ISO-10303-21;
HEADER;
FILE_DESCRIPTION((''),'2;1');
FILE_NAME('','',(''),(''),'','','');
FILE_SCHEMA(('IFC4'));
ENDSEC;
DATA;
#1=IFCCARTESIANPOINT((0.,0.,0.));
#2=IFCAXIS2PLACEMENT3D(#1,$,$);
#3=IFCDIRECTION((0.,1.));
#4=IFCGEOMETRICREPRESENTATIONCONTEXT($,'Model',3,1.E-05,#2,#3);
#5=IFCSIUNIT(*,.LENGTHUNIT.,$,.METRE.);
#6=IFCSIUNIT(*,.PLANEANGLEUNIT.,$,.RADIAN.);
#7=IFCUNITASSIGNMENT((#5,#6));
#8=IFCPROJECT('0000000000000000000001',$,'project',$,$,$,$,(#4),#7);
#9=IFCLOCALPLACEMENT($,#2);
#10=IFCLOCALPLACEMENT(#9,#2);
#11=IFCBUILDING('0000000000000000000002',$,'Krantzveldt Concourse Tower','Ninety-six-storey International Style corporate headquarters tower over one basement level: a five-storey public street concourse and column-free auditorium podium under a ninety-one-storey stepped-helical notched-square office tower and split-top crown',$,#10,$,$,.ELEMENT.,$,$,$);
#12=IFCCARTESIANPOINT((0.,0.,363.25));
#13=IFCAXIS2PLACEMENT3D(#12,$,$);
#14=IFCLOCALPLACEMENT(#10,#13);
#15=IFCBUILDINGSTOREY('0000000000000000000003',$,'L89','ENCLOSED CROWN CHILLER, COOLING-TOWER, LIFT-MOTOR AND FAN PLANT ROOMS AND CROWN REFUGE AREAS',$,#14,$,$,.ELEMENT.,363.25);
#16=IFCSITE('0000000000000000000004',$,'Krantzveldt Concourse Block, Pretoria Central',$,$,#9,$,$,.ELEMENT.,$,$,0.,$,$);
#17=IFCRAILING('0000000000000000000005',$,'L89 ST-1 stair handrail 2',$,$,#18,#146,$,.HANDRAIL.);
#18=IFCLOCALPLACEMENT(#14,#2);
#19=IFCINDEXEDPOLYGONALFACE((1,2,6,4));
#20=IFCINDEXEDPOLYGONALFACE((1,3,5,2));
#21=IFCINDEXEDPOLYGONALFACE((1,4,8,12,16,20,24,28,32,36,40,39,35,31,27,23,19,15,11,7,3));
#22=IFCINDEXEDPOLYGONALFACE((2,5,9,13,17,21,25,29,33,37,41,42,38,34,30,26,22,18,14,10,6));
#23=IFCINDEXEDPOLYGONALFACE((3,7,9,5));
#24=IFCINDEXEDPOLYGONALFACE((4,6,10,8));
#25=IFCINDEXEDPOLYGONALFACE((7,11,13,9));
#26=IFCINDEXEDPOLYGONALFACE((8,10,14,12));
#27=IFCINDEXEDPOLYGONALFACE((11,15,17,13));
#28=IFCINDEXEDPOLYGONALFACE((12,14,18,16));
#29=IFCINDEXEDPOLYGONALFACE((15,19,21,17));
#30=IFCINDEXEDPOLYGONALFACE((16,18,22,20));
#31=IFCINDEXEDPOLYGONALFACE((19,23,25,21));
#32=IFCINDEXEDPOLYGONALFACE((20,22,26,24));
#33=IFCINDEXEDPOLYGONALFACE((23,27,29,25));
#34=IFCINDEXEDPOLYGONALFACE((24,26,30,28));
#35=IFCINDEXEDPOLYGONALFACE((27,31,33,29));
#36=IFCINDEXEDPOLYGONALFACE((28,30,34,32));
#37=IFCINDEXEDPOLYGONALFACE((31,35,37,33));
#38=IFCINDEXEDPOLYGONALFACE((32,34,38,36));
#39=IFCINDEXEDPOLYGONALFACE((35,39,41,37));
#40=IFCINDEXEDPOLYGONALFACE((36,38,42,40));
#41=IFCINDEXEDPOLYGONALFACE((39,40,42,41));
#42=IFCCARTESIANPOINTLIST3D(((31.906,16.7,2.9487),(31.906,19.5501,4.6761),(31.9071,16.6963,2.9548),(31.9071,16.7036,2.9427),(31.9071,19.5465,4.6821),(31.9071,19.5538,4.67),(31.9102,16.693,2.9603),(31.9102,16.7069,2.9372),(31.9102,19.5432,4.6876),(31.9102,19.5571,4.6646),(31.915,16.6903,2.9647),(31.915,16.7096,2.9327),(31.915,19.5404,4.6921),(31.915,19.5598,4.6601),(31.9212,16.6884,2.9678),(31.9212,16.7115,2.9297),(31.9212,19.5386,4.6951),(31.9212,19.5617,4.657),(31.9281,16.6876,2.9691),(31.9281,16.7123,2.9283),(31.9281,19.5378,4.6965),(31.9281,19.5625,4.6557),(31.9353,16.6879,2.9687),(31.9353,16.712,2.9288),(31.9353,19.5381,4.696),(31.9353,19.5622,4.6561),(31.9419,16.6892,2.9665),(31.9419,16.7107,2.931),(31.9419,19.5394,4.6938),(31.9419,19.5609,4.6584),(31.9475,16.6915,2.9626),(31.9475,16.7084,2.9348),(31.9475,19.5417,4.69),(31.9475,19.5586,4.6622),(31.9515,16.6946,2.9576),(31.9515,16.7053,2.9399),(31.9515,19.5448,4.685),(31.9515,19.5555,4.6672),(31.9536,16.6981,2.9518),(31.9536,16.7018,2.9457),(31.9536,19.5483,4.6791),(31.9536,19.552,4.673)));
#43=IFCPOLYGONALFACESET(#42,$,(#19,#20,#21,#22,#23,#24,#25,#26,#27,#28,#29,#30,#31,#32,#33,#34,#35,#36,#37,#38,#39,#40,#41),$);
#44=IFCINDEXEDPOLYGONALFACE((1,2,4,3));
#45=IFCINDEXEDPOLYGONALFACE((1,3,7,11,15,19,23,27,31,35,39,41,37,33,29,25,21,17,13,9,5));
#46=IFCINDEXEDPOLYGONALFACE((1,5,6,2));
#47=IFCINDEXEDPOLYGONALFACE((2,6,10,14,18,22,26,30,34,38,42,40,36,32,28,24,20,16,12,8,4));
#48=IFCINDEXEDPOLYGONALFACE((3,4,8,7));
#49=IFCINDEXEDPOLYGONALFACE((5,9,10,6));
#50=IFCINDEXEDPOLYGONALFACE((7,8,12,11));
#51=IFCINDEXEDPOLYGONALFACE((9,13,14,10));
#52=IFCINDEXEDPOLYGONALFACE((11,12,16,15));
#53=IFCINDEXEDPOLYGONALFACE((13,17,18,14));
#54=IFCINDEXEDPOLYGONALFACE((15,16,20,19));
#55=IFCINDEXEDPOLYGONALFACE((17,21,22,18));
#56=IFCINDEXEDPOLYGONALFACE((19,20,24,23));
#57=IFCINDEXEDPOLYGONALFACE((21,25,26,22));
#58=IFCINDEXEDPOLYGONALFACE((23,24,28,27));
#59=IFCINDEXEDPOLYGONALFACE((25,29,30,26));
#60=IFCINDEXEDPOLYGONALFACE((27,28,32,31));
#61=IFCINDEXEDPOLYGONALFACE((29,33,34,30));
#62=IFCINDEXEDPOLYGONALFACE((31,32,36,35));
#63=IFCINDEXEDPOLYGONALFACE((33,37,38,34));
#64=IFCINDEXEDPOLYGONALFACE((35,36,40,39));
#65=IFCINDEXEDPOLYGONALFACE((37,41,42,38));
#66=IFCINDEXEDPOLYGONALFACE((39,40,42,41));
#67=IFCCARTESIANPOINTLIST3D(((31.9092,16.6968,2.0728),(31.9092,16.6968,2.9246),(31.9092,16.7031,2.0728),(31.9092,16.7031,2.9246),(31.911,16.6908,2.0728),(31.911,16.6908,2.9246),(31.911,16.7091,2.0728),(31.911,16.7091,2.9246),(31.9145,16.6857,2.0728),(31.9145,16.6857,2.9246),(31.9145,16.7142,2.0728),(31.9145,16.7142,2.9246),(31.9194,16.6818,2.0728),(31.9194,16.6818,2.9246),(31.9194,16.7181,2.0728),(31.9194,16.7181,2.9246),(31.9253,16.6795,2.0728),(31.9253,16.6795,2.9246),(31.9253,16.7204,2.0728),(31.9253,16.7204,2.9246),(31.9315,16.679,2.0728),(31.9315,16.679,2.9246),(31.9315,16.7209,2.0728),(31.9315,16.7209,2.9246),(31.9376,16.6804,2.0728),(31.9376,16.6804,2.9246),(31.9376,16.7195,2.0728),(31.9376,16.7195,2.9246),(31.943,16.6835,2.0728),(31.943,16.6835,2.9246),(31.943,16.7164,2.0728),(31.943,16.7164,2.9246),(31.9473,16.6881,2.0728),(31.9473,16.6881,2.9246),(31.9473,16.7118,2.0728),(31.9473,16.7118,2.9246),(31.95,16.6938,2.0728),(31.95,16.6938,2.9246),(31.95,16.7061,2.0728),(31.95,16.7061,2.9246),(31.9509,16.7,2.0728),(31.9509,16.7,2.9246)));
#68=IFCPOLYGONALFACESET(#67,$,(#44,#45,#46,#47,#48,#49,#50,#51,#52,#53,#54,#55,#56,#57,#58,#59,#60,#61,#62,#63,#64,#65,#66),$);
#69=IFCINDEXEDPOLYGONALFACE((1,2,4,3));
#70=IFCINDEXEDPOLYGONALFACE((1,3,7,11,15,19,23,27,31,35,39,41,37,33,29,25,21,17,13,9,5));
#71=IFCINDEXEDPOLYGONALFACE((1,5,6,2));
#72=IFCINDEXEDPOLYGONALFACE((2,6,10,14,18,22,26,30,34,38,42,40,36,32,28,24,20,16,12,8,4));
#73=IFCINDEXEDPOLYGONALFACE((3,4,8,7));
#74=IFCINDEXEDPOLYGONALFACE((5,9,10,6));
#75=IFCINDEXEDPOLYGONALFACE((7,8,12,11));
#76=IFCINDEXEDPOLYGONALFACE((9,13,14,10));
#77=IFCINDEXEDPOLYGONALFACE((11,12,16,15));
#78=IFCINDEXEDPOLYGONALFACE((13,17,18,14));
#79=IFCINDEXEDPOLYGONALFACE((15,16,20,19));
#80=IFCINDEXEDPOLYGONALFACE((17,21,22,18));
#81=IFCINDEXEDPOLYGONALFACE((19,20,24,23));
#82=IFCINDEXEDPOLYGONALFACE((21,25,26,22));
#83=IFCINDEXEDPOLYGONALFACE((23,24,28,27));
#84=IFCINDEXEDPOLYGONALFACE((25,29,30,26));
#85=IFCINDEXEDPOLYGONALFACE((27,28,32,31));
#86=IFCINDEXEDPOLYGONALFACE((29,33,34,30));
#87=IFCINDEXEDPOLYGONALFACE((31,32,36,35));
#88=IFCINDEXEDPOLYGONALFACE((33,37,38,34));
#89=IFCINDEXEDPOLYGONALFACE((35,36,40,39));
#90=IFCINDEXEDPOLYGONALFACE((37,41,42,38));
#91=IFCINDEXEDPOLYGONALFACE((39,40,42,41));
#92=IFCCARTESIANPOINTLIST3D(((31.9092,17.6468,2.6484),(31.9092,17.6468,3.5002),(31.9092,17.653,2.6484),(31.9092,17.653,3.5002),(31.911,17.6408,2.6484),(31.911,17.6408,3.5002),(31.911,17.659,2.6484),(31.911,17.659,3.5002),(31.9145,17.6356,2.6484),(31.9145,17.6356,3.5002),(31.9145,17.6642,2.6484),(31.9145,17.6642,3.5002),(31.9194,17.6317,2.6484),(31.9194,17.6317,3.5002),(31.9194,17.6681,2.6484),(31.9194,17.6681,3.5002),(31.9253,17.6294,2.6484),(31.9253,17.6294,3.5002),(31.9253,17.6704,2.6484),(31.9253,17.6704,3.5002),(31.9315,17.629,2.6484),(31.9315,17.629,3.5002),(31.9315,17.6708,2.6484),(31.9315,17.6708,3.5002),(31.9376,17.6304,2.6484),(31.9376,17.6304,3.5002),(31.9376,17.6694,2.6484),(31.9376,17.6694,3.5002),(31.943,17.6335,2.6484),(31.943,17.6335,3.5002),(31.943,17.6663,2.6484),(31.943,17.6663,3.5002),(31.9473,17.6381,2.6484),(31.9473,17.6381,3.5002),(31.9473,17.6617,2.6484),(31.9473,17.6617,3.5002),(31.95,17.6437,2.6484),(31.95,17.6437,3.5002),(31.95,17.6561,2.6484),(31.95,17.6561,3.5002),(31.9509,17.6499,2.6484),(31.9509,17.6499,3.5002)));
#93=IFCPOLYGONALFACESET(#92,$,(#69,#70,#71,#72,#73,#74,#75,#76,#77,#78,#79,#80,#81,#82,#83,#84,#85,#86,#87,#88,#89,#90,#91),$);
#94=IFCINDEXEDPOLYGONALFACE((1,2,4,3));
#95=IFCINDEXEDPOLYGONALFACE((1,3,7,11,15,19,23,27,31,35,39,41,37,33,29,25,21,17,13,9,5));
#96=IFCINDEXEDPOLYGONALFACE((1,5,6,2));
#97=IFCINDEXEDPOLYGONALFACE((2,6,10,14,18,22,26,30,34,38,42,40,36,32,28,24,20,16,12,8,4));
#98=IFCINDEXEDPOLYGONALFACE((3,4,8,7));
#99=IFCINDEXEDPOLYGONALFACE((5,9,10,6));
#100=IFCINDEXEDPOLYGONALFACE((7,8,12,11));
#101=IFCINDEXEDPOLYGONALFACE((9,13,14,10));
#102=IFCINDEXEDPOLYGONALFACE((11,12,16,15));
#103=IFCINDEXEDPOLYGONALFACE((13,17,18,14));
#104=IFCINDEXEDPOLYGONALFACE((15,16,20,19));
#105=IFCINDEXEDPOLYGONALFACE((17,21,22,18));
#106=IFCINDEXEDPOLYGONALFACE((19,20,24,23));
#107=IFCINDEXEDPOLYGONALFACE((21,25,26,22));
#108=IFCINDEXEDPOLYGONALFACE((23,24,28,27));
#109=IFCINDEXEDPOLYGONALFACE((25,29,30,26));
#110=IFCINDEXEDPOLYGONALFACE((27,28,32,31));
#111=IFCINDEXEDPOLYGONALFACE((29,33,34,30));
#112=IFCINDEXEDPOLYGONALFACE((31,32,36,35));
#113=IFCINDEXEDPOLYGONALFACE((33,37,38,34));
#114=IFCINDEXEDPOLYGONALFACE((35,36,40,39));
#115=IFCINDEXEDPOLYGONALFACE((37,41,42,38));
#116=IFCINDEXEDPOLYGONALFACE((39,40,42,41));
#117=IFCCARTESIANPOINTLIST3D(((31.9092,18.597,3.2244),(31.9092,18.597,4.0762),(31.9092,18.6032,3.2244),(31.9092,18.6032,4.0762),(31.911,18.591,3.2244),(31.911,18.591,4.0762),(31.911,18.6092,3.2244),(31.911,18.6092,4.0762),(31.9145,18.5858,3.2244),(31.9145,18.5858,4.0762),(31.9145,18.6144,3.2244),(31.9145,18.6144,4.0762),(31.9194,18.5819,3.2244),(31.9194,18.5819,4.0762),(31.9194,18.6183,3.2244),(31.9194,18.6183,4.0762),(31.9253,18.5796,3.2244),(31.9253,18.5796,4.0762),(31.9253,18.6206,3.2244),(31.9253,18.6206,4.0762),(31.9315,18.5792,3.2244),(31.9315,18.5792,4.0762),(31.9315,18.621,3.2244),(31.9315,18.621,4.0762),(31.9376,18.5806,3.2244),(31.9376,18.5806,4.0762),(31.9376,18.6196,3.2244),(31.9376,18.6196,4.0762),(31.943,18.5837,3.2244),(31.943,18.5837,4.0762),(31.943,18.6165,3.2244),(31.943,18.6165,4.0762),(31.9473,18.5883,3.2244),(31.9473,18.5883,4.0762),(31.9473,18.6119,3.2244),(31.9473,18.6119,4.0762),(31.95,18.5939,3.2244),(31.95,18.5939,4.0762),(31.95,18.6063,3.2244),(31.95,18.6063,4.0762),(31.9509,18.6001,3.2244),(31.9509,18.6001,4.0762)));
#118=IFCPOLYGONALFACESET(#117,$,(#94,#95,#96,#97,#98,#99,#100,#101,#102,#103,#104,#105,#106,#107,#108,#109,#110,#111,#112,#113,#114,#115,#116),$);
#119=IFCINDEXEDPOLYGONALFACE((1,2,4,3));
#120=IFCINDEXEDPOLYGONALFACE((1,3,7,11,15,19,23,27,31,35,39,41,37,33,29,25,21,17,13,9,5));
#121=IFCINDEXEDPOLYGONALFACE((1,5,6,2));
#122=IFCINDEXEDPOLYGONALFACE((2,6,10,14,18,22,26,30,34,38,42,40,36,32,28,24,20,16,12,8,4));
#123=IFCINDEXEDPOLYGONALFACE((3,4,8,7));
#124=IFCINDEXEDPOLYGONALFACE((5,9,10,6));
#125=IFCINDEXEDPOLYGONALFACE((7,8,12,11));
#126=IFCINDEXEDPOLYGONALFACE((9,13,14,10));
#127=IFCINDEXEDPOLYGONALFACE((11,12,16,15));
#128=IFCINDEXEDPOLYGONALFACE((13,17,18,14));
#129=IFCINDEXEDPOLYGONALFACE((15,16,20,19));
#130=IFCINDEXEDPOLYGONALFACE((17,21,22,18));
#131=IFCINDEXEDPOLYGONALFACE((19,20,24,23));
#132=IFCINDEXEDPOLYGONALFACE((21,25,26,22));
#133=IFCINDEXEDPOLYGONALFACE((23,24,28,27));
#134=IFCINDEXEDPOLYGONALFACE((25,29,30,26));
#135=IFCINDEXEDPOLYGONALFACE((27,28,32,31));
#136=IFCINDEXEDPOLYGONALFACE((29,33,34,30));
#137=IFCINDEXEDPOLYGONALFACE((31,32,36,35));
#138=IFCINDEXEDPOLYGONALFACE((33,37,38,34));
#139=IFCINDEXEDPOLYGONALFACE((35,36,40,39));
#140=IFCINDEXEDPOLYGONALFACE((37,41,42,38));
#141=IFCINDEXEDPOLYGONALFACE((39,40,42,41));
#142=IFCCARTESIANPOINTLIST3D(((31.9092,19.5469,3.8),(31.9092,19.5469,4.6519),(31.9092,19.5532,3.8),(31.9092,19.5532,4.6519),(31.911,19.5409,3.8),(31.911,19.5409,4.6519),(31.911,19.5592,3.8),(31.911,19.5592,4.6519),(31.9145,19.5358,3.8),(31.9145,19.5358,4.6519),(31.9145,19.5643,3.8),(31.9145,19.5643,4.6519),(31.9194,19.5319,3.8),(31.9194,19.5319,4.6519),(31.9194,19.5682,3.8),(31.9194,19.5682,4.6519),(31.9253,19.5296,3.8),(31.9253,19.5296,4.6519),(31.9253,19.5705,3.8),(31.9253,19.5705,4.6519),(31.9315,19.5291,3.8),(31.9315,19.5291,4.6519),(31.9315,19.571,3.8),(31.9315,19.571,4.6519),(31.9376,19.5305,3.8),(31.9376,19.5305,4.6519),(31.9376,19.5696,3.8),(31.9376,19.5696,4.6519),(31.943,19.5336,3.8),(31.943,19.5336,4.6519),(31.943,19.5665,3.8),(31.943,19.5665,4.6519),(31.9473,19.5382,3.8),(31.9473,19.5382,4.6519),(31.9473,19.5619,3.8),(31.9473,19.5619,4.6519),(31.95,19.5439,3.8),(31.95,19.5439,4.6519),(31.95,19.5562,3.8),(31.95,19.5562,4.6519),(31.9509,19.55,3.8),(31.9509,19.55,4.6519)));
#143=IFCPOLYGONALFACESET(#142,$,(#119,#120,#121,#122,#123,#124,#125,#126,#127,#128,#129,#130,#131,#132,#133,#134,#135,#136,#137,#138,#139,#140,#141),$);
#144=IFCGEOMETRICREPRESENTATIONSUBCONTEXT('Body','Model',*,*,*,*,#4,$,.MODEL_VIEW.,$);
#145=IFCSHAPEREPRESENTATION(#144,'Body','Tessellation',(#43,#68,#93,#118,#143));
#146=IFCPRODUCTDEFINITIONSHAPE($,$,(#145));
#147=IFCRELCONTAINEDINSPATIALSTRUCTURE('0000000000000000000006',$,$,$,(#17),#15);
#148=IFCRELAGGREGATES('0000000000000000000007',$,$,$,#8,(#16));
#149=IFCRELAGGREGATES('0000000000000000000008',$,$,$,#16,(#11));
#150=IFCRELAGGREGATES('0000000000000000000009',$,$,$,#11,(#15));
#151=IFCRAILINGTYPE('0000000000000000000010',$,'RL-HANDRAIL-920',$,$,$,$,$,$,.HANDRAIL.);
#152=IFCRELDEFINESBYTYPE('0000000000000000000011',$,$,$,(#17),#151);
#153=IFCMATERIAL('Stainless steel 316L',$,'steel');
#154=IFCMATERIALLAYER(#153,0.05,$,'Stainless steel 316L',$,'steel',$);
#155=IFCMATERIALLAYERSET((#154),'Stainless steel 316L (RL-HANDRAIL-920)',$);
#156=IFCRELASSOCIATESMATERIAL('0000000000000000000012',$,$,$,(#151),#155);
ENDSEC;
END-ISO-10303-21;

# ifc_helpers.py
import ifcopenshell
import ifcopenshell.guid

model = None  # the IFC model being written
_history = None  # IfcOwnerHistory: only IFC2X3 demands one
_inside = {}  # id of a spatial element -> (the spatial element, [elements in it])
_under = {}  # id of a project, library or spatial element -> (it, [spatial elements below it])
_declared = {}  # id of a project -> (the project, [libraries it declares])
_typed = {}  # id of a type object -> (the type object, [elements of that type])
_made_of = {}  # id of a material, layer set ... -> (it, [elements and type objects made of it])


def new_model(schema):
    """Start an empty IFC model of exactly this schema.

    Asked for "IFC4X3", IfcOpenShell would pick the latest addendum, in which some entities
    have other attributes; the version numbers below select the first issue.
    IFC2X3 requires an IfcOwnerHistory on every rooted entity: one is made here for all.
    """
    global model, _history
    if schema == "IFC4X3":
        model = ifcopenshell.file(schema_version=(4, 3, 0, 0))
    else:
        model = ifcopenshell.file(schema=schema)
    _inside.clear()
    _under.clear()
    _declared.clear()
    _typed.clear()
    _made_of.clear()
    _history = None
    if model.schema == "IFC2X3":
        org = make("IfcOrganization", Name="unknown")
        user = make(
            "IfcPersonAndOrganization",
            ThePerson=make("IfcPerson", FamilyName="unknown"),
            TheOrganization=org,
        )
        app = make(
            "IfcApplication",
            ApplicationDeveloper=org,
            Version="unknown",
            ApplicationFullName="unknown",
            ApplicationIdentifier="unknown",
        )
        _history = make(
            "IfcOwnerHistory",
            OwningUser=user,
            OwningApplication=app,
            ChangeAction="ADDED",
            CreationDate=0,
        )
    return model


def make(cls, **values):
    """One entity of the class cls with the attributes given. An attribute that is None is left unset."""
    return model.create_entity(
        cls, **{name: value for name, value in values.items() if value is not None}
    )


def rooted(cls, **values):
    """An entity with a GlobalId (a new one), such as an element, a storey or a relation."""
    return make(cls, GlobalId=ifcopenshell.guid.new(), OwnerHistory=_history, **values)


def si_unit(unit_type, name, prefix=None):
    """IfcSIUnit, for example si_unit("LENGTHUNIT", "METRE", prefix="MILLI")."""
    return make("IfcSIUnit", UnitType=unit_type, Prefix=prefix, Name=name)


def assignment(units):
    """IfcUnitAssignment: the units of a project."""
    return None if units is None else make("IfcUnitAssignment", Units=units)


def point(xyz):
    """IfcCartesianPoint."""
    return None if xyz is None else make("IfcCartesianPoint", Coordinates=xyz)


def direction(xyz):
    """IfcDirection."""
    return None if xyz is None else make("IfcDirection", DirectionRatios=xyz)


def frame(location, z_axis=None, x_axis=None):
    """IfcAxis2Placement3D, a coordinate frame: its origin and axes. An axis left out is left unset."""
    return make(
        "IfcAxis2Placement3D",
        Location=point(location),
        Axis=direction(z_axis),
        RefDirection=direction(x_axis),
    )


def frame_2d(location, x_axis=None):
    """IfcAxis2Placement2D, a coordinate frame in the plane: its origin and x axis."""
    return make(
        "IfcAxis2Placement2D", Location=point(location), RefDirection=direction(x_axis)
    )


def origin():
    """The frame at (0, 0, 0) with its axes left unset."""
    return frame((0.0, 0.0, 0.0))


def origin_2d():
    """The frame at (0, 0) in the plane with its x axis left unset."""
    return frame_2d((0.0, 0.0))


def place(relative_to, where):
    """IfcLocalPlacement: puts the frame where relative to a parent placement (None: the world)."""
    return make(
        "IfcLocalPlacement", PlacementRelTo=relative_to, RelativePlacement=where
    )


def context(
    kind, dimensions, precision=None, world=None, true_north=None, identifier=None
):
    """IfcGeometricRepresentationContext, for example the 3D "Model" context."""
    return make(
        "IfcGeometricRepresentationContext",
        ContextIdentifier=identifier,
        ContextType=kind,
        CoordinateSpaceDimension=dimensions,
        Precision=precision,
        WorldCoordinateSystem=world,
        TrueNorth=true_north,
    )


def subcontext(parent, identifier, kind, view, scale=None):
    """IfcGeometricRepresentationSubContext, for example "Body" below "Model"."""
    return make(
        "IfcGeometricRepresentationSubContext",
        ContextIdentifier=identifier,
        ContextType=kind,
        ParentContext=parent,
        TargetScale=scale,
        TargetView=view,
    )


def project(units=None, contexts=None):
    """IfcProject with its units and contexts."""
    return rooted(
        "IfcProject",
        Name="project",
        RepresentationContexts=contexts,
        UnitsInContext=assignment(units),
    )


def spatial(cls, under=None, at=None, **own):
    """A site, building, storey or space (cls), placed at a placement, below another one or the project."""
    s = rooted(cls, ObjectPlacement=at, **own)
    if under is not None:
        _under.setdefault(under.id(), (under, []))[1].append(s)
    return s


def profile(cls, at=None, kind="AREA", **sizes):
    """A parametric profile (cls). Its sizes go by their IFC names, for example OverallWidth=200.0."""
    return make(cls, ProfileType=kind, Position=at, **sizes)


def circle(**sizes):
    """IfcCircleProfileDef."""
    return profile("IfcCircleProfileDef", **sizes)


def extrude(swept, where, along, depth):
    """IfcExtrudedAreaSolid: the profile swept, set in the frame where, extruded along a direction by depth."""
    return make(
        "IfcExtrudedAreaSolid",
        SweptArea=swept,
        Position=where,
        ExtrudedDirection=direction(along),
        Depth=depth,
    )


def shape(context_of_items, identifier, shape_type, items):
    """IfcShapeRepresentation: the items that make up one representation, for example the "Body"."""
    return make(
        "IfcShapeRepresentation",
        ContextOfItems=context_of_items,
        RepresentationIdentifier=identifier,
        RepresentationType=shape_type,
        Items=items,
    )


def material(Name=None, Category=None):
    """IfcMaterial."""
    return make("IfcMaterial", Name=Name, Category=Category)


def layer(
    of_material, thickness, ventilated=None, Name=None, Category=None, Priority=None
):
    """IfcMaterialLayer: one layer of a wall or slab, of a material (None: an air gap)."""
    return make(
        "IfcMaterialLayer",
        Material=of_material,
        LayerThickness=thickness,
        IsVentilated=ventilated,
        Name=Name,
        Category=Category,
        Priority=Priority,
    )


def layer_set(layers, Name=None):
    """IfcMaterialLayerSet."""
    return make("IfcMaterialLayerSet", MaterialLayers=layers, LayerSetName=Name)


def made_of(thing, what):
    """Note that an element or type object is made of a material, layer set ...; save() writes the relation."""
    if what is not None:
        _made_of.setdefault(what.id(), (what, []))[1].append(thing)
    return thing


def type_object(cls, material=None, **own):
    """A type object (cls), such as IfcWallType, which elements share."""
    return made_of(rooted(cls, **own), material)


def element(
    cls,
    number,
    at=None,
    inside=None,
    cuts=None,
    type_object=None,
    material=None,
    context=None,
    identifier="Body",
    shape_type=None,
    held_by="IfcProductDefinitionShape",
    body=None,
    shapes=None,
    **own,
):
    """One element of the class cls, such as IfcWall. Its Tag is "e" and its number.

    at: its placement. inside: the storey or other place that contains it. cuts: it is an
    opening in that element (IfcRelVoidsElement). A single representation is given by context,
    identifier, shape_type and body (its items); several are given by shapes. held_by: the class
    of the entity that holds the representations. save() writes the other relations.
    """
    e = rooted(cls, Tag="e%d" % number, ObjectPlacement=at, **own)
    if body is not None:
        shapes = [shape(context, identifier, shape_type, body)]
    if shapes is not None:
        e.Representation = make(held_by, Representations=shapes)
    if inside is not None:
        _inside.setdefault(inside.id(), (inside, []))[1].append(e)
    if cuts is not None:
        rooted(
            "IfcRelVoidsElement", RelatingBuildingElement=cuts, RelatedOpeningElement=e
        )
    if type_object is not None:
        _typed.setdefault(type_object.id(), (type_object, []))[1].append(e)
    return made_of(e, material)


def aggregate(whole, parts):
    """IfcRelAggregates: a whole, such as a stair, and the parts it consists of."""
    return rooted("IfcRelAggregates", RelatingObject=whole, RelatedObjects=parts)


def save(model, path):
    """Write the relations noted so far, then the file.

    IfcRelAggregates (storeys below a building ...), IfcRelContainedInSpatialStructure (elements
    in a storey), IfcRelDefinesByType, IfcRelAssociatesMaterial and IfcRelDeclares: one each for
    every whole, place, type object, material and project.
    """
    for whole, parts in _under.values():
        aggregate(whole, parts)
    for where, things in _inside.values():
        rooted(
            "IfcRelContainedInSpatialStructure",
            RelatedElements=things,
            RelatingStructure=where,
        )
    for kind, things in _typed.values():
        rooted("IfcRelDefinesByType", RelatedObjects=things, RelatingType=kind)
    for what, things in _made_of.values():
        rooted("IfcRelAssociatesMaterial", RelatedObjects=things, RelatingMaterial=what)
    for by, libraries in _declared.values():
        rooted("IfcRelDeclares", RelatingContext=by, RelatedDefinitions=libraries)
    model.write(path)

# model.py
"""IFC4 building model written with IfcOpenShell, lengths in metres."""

from ifc_helpers import new_model, si_unit, direction, frame, origin, origin_2d, place, context, subcontext, project, spatial, circle, extrude, material, layer, layer_set, type_object, element, save


model = new_model("IFC4")

# Units and contexts
model_context = context("Model", 3, precision=1e-05, world=origin(), true_north=direction((0.0, 1.0)))
body_context = subcontext(model_context, "Body", "Model", "MODEL_VIEW")
ifc_project = project(units=[si_unit("LENGTHUNIT", "METRE"), si_unit("PLANEANGLEUNIT", "RADIAN")], contexts=[model_context])

# Site, building, storey
site_placement = place(None, origin())
site = spatial("IfcSite", under=ifc_project, at=site_placement, Name="Krantzveldt Concourse Block, Pretoria Central", CompositionType="ELEMENT", RefElevation=0.0)
building_placement = place(site_placement, origin())
building = spatial("IfcBuilding", under=site, at=building_placement, Name="Krantzveldt Concourse Tower", Description="Ninety-six-storey International Style corporate headquarters tower over one basement level: a five-storey public street concourse and column-free auditorium podium under a ninety-one-storey stepped-helical notched-square office tower and split-top crown", CompositionType="ELEMENT")
storey_placement = place(building_placement, frame((0.0, 0.0, 363.25)))
storey = spatial("IfcBuildingStorey", under=building, at=storey_placement, Name="L89", Description="ENCLOSED CROWN CHILLER, COOLING-TOWER, LIFT-MOTOR AND FAN PLANT ROOMS AND CROWN REFUGE AREAS", CompositionType="ELEMENT", Elevation=363.25)

# Shared definitions
ifc_material_1 = material(Name="Stainless steel 316L", Category="steel")

# Railing
ifc_layer_1 = layer(ifc_material_1, 0.05, Name="Stainless steel 316L", Category="steel")
ifc_layer_set_1 = layer_set([ifc_layer_1], Name="Stainless steel 316L (RL-HANDRAIL-920)")
railing_type_1 = type_object("IfcRailingType", Name="RL-HANDRAIL-920", PredefinedType="HANDRAIL", material=ifc_layer_set_1)
railing_1_placement = place(storey_placement, frame((31.9299, 16.7, 2.0728)))
element("IfcRailing", 1, at=railing_1_placement, inside=storey, type_object=railing_type_1, Name="L89 ST-1 stair handrail 2", PredefinedType="HANDRAIL", context=body_context, shape_type="SweptSolid", body=[
    extrude(circle(Radius=0.0239, at=origin_2d()), frame((0.0, 0.0, 0.876), z_axis=(0.0, 0.855203, 0.518294), x_axis=(-1.0, 0.0, 0.0)), (0.0, 0.0, 1.0), 3.3328),
    extrude(circle(Radius=0.021, at=origin_2d()), origin(), (0.0, 0.0, 1.0), 0.8518),
    extrude(circle(Radius=0.021, at=origin_2d()), frame((0.0, 0.95, 0.5757)), (0.0, 0.0, 1.0), 0.8518),
    extrude(circle(Radius=0.021, at=origin_2d()), frame((0.0, 1.9001, 1.1516)), (0.0, 0.0, 1.0), 0.8518),
    extrude(circle(Radius=0.021, at=origin_2d()), frame((0.0, 2.8501, 1.7273)), (0.0, 0.0, 1.0), 0.8518),
])

save(model, "model.ifc")
